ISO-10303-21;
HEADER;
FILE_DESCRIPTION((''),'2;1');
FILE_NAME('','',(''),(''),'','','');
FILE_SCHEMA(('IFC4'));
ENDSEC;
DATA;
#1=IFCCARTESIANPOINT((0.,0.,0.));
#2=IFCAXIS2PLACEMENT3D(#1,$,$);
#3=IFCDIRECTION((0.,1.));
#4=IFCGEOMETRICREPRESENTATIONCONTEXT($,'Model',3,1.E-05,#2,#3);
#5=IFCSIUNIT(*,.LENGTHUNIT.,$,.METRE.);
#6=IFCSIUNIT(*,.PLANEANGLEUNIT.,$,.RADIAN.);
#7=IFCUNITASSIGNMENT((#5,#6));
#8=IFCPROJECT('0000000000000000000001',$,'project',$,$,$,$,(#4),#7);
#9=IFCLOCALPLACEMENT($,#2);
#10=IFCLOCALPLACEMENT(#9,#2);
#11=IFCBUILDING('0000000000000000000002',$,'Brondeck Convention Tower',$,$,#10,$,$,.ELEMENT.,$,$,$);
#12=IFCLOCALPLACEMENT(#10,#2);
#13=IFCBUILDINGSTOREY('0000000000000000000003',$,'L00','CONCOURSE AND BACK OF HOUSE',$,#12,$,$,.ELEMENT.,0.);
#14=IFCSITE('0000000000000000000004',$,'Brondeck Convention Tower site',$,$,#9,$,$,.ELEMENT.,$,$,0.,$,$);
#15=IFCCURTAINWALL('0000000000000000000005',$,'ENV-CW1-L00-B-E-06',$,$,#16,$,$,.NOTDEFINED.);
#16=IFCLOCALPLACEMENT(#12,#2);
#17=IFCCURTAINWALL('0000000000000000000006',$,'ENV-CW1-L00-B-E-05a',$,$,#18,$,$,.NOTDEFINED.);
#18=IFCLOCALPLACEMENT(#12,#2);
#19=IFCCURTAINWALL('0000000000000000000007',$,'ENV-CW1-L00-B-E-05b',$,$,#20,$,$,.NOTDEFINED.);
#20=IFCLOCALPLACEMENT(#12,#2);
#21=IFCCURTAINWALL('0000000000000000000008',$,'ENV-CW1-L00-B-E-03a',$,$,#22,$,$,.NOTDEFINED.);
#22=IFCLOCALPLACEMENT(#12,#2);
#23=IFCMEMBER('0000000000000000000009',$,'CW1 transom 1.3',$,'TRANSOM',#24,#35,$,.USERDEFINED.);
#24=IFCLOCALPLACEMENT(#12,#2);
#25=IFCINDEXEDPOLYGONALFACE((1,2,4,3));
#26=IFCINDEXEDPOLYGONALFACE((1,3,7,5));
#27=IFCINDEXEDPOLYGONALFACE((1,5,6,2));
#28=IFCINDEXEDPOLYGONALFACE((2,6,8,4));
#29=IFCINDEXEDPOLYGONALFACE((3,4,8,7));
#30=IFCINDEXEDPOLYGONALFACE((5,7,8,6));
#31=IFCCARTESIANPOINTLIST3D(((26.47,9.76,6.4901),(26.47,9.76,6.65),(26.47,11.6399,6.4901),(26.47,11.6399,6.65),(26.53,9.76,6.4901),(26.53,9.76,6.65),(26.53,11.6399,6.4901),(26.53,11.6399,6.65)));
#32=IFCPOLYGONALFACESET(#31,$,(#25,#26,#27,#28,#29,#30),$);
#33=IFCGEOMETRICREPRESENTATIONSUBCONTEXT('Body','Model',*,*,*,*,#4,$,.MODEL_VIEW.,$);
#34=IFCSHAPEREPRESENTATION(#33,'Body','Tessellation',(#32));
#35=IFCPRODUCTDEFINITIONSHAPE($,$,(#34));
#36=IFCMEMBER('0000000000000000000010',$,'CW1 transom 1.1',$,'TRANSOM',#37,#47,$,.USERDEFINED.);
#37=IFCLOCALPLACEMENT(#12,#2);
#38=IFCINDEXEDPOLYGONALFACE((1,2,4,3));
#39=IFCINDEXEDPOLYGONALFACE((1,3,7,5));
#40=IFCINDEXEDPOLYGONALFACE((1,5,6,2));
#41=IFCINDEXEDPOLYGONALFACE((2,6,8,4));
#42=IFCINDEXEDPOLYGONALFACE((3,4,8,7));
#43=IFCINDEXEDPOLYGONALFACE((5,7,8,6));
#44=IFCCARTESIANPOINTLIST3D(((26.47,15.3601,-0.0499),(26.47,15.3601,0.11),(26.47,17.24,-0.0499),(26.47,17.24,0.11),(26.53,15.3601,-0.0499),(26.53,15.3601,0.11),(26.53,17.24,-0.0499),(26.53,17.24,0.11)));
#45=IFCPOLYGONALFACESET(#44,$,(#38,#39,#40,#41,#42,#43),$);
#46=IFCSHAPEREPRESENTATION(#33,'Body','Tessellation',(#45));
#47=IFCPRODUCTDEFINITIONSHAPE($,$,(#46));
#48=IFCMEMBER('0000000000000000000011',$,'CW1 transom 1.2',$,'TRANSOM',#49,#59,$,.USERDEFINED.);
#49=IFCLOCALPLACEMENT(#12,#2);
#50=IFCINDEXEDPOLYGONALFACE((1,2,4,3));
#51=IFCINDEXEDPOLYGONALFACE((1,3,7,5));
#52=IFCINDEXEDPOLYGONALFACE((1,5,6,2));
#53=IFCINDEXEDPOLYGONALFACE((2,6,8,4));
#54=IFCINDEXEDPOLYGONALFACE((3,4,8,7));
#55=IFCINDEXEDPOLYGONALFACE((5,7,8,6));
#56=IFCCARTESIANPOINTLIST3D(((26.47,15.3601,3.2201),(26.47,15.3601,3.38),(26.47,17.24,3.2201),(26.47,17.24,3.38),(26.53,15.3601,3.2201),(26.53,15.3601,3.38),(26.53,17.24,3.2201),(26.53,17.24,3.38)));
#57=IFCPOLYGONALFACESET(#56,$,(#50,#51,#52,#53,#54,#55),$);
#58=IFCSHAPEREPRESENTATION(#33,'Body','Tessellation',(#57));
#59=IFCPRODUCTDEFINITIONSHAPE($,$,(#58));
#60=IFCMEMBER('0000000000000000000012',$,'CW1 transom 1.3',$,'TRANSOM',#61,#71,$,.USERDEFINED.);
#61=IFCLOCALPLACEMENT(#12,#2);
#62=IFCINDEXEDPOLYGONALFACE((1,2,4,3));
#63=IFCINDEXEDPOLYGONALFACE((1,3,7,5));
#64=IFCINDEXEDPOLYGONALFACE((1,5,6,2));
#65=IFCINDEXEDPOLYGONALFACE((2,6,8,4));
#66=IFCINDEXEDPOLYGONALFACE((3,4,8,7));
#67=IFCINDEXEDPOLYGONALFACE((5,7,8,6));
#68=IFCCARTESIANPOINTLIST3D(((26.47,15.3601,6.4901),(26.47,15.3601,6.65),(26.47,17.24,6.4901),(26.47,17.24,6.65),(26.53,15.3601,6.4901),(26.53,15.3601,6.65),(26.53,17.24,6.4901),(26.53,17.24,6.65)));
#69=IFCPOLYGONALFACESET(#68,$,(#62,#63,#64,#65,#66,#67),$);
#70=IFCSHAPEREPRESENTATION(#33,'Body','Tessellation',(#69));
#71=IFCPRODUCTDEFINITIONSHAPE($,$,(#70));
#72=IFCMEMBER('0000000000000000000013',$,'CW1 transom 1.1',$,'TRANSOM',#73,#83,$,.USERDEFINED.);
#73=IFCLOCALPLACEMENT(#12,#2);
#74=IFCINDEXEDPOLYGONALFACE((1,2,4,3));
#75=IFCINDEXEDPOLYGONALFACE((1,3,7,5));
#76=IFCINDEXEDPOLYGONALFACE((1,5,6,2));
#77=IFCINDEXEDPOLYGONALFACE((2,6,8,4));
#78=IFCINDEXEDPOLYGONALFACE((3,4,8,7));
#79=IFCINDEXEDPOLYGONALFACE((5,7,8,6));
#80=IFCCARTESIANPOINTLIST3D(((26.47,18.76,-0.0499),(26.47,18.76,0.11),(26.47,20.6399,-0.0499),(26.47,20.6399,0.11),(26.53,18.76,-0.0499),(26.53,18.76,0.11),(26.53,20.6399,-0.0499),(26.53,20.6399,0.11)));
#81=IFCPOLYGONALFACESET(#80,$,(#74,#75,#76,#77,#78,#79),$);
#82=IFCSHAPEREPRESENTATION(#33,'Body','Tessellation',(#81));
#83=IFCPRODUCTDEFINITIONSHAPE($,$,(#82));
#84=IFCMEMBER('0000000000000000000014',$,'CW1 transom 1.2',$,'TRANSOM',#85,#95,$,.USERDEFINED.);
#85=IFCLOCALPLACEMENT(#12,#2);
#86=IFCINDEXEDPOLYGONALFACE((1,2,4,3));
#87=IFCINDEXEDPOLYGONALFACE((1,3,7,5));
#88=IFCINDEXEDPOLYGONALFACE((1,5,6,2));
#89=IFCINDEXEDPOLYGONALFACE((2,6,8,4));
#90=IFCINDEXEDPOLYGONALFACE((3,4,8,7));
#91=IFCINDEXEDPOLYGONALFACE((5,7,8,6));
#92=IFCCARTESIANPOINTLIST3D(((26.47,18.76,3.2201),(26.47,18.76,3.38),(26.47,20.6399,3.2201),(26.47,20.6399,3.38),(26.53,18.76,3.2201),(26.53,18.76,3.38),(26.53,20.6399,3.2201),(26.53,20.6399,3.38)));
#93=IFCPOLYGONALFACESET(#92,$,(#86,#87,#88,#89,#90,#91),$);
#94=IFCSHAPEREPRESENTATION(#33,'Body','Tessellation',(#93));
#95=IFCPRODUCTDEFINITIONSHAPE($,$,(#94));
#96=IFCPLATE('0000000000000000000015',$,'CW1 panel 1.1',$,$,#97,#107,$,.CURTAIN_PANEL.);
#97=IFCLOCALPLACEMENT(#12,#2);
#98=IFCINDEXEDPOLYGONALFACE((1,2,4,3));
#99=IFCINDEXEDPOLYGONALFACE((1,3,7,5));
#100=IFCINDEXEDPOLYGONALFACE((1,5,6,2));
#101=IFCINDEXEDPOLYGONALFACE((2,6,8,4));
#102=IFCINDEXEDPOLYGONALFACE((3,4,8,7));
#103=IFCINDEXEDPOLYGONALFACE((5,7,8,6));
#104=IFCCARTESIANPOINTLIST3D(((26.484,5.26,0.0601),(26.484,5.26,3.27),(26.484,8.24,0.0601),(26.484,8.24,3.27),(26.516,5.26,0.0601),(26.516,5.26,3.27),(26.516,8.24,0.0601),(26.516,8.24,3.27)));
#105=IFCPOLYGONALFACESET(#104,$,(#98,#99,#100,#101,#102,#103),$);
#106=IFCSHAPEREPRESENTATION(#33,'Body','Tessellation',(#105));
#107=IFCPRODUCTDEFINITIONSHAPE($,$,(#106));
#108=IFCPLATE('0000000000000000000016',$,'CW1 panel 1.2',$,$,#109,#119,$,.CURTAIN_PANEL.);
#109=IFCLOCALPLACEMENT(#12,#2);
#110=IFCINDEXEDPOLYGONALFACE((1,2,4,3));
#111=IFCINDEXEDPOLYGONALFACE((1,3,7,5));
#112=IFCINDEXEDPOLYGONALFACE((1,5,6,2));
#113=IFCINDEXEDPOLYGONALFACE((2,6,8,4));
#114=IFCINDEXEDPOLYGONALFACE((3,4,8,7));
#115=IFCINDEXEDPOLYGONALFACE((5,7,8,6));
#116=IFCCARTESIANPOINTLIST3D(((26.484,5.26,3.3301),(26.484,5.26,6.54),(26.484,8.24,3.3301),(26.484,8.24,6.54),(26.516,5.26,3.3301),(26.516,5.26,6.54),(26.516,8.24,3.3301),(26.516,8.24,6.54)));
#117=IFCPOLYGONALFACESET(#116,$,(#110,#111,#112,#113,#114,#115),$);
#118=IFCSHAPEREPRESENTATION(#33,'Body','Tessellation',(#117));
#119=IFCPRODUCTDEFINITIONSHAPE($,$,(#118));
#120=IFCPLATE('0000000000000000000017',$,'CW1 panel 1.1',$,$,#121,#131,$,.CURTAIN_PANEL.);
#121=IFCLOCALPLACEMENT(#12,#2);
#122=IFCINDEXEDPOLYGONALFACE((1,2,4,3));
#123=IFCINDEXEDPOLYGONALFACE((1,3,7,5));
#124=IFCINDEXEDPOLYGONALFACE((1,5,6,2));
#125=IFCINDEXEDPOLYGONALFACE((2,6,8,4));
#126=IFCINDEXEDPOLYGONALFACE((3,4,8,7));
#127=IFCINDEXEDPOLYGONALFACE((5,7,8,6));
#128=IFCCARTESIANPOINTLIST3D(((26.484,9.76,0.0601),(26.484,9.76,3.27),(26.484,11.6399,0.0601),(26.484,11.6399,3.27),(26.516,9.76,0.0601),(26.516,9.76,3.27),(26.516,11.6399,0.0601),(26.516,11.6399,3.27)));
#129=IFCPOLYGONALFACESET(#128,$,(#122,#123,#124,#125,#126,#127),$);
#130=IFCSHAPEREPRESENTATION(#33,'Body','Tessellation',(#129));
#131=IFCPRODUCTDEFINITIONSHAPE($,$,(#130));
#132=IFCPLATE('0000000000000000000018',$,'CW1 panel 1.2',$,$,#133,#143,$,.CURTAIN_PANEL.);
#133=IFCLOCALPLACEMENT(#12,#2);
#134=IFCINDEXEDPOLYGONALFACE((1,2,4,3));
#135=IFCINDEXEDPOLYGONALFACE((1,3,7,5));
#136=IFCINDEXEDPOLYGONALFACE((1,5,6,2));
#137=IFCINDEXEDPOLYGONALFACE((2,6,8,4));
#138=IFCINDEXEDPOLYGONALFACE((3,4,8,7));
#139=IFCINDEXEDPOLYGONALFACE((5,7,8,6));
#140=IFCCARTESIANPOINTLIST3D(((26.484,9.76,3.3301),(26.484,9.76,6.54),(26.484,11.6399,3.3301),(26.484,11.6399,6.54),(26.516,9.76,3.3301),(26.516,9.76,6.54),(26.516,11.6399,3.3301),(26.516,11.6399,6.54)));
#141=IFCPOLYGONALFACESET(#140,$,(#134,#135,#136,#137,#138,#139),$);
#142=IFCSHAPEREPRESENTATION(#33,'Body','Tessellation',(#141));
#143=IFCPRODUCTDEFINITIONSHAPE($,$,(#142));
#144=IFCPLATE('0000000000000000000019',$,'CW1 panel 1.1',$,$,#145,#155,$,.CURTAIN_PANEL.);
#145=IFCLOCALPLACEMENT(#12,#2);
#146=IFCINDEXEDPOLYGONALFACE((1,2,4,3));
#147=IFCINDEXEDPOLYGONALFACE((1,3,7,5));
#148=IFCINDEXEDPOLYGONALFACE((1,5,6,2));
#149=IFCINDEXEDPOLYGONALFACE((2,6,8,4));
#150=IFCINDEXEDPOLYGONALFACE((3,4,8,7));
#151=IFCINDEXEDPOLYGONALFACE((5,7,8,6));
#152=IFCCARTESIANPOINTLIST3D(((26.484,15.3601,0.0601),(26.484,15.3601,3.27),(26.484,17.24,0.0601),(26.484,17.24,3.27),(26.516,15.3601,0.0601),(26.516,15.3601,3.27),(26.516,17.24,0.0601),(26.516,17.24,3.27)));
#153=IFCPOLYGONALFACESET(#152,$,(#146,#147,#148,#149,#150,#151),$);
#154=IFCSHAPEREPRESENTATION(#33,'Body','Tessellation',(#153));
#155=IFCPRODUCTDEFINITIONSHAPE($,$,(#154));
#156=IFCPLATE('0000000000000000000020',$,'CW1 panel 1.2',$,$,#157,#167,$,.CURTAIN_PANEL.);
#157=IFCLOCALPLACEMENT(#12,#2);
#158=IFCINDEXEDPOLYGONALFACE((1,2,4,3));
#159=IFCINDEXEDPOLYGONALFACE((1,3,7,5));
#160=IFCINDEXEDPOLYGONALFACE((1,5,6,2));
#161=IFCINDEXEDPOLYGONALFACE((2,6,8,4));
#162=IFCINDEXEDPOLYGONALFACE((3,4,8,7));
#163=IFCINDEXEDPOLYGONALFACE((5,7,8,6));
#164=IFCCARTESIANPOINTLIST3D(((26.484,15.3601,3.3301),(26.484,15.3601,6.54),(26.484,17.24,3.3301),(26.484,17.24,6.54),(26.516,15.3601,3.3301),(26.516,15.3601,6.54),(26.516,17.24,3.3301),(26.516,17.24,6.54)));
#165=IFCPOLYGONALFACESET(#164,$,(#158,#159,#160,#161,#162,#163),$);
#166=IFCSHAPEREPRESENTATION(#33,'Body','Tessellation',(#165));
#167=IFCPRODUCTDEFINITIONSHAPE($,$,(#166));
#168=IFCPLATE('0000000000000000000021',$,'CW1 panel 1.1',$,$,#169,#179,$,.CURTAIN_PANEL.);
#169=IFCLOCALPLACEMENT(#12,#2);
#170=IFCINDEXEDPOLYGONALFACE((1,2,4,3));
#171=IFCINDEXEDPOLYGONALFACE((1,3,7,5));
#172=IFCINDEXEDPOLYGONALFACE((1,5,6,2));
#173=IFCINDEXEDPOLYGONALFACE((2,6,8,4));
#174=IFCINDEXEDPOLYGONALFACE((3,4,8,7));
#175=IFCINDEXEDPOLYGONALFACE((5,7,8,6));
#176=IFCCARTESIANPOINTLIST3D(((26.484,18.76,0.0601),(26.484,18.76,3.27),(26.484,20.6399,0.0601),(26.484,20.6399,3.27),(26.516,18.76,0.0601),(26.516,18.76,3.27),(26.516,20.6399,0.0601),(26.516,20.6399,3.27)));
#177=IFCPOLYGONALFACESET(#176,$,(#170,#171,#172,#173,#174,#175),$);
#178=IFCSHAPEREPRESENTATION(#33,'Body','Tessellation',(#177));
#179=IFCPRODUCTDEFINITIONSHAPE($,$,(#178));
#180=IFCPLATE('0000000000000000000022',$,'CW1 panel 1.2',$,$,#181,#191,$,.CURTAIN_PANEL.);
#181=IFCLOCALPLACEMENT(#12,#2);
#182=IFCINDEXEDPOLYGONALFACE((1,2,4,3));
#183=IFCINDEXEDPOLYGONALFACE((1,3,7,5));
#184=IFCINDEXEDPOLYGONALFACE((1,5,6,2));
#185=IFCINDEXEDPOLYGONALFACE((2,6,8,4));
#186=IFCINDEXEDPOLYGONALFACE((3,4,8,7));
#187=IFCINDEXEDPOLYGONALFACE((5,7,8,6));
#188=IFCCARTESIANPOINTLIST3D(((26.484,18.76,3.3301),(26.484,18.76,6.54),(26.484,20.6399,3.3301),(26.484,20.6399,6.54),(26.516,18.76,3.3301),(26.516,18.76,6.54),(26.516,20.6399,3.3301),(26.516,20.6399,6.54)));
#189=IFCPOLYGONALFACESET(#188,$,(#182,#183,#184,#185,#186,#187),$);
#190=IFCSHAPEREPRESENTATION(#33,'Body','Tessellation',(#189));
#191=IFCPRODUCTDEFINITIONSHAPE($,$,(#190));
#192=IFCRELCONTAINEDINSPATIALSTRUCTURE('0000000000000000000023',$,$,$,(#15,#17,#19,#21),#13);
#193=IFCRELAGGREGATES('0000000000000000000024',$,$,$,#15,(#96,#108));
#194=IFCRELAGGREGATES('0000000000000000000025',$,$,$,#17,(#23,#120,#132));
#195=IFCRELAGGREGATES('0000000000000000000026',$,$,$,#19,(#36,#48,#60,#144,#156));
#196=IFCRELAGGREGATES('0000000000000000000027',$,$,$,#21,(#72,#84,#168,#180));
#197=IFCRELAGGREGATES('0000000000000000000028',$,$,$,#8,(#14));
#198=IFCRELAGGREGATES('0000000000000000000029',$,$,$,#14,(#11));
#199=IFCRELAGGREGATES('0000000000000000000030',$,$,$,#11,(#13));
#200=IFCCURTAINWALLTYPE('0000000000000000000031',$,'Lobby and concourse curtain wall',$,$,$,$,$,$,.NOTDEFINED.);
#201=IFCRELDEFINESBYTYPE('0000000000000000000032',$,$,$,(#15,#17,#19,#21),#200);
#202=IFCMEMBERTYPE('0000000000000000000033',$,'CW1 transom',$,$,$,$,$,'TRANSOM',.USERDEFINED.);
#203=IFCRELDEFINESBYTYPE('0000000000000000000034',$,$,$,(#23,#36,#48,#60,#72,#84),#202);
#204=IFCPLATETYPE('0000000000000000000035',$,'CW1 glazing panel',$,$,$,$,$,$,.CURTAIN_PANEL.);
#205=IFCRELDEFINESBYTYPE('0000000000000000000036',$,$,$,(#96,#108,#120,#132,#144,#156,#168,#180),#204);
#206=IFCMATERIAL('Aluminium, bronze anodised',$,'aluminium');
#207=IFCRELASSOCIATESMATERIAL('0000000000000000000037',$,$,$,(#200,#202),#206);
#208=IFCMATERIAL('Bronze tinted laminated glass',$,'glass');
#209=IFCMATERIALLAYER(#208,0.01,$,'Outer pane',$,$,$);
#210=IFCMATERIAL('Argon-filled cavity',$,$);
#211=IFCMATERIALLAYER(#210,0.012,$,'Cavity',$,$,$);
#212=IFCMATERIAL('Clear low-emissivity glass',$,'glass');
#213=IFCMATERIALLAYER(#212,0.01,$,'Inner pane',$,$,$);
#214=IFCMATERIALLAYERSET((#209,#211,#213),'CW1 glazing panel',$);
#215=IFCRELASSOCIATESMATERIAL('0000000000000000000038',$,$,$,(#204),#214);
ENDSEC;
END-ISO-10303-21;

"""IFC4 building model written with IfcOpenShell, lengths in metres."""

from ifc_helpers import new_model, si_unit, direction, frame, origin, origin_2d, place, context, subcontext, project, spatial, rectangle, extrude, material, layer, layer_set, material_profile, profile_set, type_object, element, aggregate, save


model = new_model("IFC4")

# Units and contexts
model_context = context("Model", 3, precision=1e-05, world=origin(), true_north=direction((0.0, 1.0)))
body_context = subcontext(model_context, "Body", "Model", "MODEL_VIEW")
ifc_project = project(units=[si_unit("LENGTHUNIT", "METRE"), si_unit("PLANEANGLEUNIT", "RADIAN")], contexts=[model_context])

# Site, building, storey
site_placement = place(None, origin())
site = spatial("IfcSite", under=ifc_project, at=site_placement, Name="Brondeck Convention Tower site", CompositionType="ELEMENT", RefElevation=0.0)
building_placement = place(site_placement, origin())
building = spatial("IfcBuilding", under=site, at=building_placement, Name="Brondeck Convention Tower", CompositionType="ELEMENT")
storey_placement = place(building_placement, origin())
storey = spatial("IfcBuildingStorey", under=building, at=storey_placement, Name="L00", Description="CONCOURSE AND BACK OF HOUSE", CompositionType="ELEMENT", Elevation=0.0)

# Curtain walls
ifc_material_1 = material(Name="Aluminium, bronze anodised", Category="aluminium")
curtain_wall_type = type_object("IfcCurtainWallType", Name="Lobby and concourse curtain wall", PredefinedType="NOTDEFINED", material=ifc_material_1)
curtain_wall_1_placement = place(storey_placement, origin())
curtain_wall_1 = element("IfcCurtainWall", 1, at=curtain_wall_1_placement, inside=storey, type_object=curtain_wall_type, Name="ENV-CW1-L00-B-E-06", PredefinedType="NOTDEFINED")
curtain_wall_2_placement = place(storey_placement, origin())
curtain_wall_2 = element("IfcCurtainWall", 2, at=curtain_wall_2_placement, inside=storey, type_object=curtain_wall_type, Name="ENV-CW1-L00-B-E-05a", PredefinedType="NOTDEFINED")
curtain_wall_3_placement = place(storey_placement, origin())
curtain_wall_3 = element("IfcCurtainWall", 3, at=curtain_wall_3_placement, inside=storey, type_object=curtain_wall_type, Name="ENV-CW1-L00-B-E-05b", PredefinedType="NOTDEFINED")

# Curtain wall
curtain_wall_4_placement = place(storey_placement, origin())
curtain_wall_4 = element("IfcCurtainWall", 4, at=curtain_wall_4_placement, inside=storey, type_object=curtain_wall_type, Name="ENV-CW1-L00-B-E-03a", PredefinedType="NOTDEFINED")

# Members
ifc_material_profile_1 = material_profile(ifc_material_1, rectangle(XDim=0.0601, YDim=0.1599, at=origin_2d()), Name="CW1 transom")
ifc_profile_set_1 = profile_set([ifc_material_profile_1], Name="Aluminium, bronze anodised")
member_type_1 = type_object("IfcMemberType", Name="CW1 transom", ElementType="TRANSOM", PredefinedType="USERDEFINED", material=ifc_profile_set_1)
member_1_placement = place(storey_placement, frame((26.5, 11.6399, 6.5701), z_axis=(0.0, -1.0, 0.0), x_axis=(1.0, 0.0, 0.0)))
member_1 = element("IfcMember", 5, at=member_1_placement, type_object=member_type_1, Name="CW1 transom 1.3", ObjectType="TRANSOM", PredefinedType="USERDEFINED", context=body_context, shape_type="SweptSolid", body=[
    extrude(rectangle(XDim=0.0601, YDim=0.1599, at=origin_2d()), origin(), (0.0, 0.0, 1.0), 1.8799),
])
member_2_placement = place(storey_placement, frame((26.5, 17.24, 0.03), z_axis=(0.0, -1.0, 0.0), x_axis=(1.0, 0.0, 0.0)))
member_2 = element("IfcMember", 6, at=member_2_placement, type_object=member_type_1, Name="CW1 transom 1.1", ObjectType="TRANSOM", PredefinedType="USERDEFINED", context=body_context, shape_type="SweptSolid", body=[
    extrude(rectangle(XDim=0.0601, YDim=0.1599, at=origin_2d()), origin(), (0.0, 0.0, 1.0), 1.8799),
])
member_3_placement = place(storey_placement, frame((26.5, 17.24, 3.3), z_axis=(0.0, -1.0, 0.0), x_axis=(1.0, 0.0, 0.0)))
member_3 = element("IfcMember", 7, at=member_3_placement, type_object=member_type_1, Name="CW1 transom 1.2", ObjectType="TRANSOM", PredefinedType="USERDEFINED", context=body_context, shape_type="SweptSolid", body=[
    extrude(rectangle(XDim=0.0601, YDim=0.1599, at=origin_2d()), origin(), (0.0, 0.0, 1.0), 1.8799),
])
member_4_placement = place(storey_placement, frame((26.5, 17.24, 6.5701), z_axis=(0.0, -1.0, 0.0), x_axis=(1.0, 0.0, 0.0)))
member_4 = element("IfcMember", 8, at=member_4_placement, type_object=member_type_1, Name="CW1 transom 1.3", ObjectType="TRANSOM", PredefinedType="USERDEFINED", context=body_context, shape_type="SweptSolid", body=[
    extrude(rectangle(XDim=0.0601, YDim=0.1599, at=origin_2d()), origin(), (0.0, 0.0, 1.0), 1.8799),
])
member_5_placement = place(storey_placement, frame((26.5, 20.6399, 0.03), z_axis=(0.0, -1.0, 0.0), x_axis=(1.0, 0.0, 0.0)))
member_5 = element("IfcMember", 9, at=member_5_placement, type_object=member_type_1, Name="CW1 transom 1.1", ObjectType="TRANSOM", PredefinedType="USERDEFINED", context=body_context, shape_type="SweptSolid", body=[
    extrude(rectangle(XDim=0.0601, YDim=0.1599, at=origin_2d()), origin(), (0.0, 0.0, 1.0), 1.8799),
])
member_6_placement = place(storey_placement, frame((26.5, 20.6399, 3.3), z_axis=(0.0, -1.0, 0.0), x_axis=(1.0, 0.0, 0.0)))
member_6 = element("IfcMember", 10, at=member_6_placement, type_object=member_type_1, Name="CW1 transom 1.2", ObjectType="TRANSOM", PredefinedType="USERDEFINED", context=body_context, shape_type="SweptSolid", body=[
    extrude(rectangle(XDim=0.0601, YDim=0.1599, at=origin_2d()), origin(), (0.0, 0.0, 1.0), 1.8799),
])

# Plates
ifc_material_2 = material(Name="Bronze tinted laminated glass", Category="glass")
ifc_layer_1 = layer(ifc_material_2, 0.01, Name="Outer pane")
ifc_material_3 = material(Name="Argon-filled cavity")
ifc_layer_2 = layer(ifc_material_3, 0.012, Name="Cavity")
ifc_material_4 = material(Name="Clear low-emissivity glass", Category="glass")
ifc_layer_3 = layer(ifc_material_4, 0.01, Name="Inner pane")
ifc_layer_set_1 = layer_set([ifc_layer_1, ifc_layer_2, ifc_layer_3], Name="CW1 glazing panel")
plate_type = type_object("IfcPlateType", Name="CW1 glazing panel", PredefinedType="CURTAIN_PANEL", material=ifc_layer_set_1)
plate_1_placement = place(storey_placement, frame((26.5, 6.75, 0.0601), z_axis=(0.0, 0.0, 1.0), x_axis=(0.0, -1.0, 0.0)))
plate_1 = element("IfcPlate", 11, at=plate_1_placement, type_object=plate_type, Name="CW1 panel 1.1", PredefinedType="CURTAIN_PANEL", context=body_context, shape_type="SweptSolid", body=[
    extrude(rectangle(XDim=2.98, YDim=0.032, at=origin_2d()), origin(), (0.0, 0.0, 1.0), 3.21),
])
plate_2_placement = place(storey_placement, frame((26.5, 6.75, 3.3301), z_axis=(0.0, 0.0, 1.0), x_axis=(0.0, -1.0, 0.0)))
plate_2 = element("IfcPlate", 12, at=plate_2_placement, type_object=plate_type, Name="CW1 panel 1.2", PredefinedType="CURTAIN_PANEL", context=body_context, shape_type="SweptSolid", body=[
    extrude(rectangle(XDim=2.98, YDim=0.032, at=origin_2d()), origin(), (0.0, 0.0, 1.0), 3.21),
])
aggregate(curtain_wall_1, [plate_1, plate_2])
plate_3_placement = place(storey_placement, frame((26.5, 10.7, 0.0601), z_axis=(0.0, 0.0, 1.0), x_axis=(0.0, -1.0, 0.0)))
plate_3 = element("IfcPlate", 13, at=plate_3_placement, type_object=plate_type, Name="CW1 panel 1.1", PredefinedType="CURTAIN_PANEL", context=body_context, shape_type="SweptSolid", body=[
    extrude(rectangle(XDim=1.8799, YDim=0.032, at=origin_2d()), origin(), (0.0, 0.0, 1.0), 3.21),
])
plate_4_placement = place(storey_placement, frame((26.5, 10.7, 3.3301), z_axis=(0.0, 0.0, 1.0), x_axis=(0.0, -1.0, 0.0)))
plate_4 = element("IfcPlate", 14, at=plate_4_placement, type_object=plate_type, Name="CW1 panel 1.2", PredefinedType="CURTAIN_PANEL", context=body_context, shape_type="SweptSolid", body=[
    extrude(rectangle(XDim=1.8799, YDim=0.032, at=origin_2d()), origin(), (0.0, 0.0, 1.0), 3.21),
])
aggregate(curtain_wall_2, [member_1, plate_3, plate_4])
plate_5_placement = place(storey_placement, frame((26.5, 16.3, 0.0601), z_axis=(0.0, 0.0, 1.0), x_axis=(0.0, -1.0, 0.0)))
plate_5 = element("IfcPlate", 15, at=plate_5_placement, type_object=plate_type, Name="CW1 panel 1.1", PredefinedType="CURTAIN_PANEL", context=body_context, shape_type="SweptSolid", body=[
    extrude(rectangle(XDim=1.8799, YDim=0.032, at=origin_2d()), origin(), (0.0, 0.0, 1.0), 3.21),
])
plate_6_placement = place(storey_placement, frame((26.5, 16.3, 3.3301), z_axis=(0.0, 0.0, 1.0), x_axis=(0.0, -1.0, 0.0)))
plate_6 = element("IfcPlate", 16, at=plate_6_placement, type_object=plate_type, Name="CW1 panel 1.2", PredefinedType="CURTAIN_PANEL", context=body_context, shape_type="SweptSolid", body=[
    extrude(rectangle(XDim=1.8799, YDim=0.032, at=origin_2d()), origin(), (0.0, 0.0, 1.0), 3.21),
])
aggregate(curtain_wall_3, [member_2, member_3, member_4, plate_5, plate_6])
plate_7_placement = place(storey_placement, frame((26.5, 19.7, 0.0601), z_axis=(0.0, 0.0, 1.0), x_axis=(0.0, -1.0, 0.0)))
plate_7 = element("IfcPlate", 17, at=plate_7_placement, type_object=plate_type, Name="CW1 panel 1.1", PredefinedType="CURTAIN_PANEL", context=body_context, shape_type="SweptSolid", body=[
    extrude(rectangle(XDim=1.8799, YDim=0.032, at=origin_2d()), origin(), (0.0, 0.0, 1.0), 3.21),
])
plate_8_placement = place(storey_placement, frame((26.5, 19.7, 3.3301), z_axis=(0.0, 0.0, 1.0), x_axis=(0.0, -1.0, 0.0)))
plate_8 = element("IfcPlate", 18, at=plate_8_placement, type_object=plate_type, Name="CW1 panel 1.2", PredefinedType="CURTAIN_PANEL", context=body_context, shape_type="SweptSolid", body=[
    extrude(rectangle(XDim=1.8799, YDim=0.032, at=origin_2d()), origin(), (0.0, 0.0, 1.0), 3.21),
])
aggregate(curtain_wall_4, [member_5, member_6, plate_7, plate_8])

save(model, "model.ifc")
